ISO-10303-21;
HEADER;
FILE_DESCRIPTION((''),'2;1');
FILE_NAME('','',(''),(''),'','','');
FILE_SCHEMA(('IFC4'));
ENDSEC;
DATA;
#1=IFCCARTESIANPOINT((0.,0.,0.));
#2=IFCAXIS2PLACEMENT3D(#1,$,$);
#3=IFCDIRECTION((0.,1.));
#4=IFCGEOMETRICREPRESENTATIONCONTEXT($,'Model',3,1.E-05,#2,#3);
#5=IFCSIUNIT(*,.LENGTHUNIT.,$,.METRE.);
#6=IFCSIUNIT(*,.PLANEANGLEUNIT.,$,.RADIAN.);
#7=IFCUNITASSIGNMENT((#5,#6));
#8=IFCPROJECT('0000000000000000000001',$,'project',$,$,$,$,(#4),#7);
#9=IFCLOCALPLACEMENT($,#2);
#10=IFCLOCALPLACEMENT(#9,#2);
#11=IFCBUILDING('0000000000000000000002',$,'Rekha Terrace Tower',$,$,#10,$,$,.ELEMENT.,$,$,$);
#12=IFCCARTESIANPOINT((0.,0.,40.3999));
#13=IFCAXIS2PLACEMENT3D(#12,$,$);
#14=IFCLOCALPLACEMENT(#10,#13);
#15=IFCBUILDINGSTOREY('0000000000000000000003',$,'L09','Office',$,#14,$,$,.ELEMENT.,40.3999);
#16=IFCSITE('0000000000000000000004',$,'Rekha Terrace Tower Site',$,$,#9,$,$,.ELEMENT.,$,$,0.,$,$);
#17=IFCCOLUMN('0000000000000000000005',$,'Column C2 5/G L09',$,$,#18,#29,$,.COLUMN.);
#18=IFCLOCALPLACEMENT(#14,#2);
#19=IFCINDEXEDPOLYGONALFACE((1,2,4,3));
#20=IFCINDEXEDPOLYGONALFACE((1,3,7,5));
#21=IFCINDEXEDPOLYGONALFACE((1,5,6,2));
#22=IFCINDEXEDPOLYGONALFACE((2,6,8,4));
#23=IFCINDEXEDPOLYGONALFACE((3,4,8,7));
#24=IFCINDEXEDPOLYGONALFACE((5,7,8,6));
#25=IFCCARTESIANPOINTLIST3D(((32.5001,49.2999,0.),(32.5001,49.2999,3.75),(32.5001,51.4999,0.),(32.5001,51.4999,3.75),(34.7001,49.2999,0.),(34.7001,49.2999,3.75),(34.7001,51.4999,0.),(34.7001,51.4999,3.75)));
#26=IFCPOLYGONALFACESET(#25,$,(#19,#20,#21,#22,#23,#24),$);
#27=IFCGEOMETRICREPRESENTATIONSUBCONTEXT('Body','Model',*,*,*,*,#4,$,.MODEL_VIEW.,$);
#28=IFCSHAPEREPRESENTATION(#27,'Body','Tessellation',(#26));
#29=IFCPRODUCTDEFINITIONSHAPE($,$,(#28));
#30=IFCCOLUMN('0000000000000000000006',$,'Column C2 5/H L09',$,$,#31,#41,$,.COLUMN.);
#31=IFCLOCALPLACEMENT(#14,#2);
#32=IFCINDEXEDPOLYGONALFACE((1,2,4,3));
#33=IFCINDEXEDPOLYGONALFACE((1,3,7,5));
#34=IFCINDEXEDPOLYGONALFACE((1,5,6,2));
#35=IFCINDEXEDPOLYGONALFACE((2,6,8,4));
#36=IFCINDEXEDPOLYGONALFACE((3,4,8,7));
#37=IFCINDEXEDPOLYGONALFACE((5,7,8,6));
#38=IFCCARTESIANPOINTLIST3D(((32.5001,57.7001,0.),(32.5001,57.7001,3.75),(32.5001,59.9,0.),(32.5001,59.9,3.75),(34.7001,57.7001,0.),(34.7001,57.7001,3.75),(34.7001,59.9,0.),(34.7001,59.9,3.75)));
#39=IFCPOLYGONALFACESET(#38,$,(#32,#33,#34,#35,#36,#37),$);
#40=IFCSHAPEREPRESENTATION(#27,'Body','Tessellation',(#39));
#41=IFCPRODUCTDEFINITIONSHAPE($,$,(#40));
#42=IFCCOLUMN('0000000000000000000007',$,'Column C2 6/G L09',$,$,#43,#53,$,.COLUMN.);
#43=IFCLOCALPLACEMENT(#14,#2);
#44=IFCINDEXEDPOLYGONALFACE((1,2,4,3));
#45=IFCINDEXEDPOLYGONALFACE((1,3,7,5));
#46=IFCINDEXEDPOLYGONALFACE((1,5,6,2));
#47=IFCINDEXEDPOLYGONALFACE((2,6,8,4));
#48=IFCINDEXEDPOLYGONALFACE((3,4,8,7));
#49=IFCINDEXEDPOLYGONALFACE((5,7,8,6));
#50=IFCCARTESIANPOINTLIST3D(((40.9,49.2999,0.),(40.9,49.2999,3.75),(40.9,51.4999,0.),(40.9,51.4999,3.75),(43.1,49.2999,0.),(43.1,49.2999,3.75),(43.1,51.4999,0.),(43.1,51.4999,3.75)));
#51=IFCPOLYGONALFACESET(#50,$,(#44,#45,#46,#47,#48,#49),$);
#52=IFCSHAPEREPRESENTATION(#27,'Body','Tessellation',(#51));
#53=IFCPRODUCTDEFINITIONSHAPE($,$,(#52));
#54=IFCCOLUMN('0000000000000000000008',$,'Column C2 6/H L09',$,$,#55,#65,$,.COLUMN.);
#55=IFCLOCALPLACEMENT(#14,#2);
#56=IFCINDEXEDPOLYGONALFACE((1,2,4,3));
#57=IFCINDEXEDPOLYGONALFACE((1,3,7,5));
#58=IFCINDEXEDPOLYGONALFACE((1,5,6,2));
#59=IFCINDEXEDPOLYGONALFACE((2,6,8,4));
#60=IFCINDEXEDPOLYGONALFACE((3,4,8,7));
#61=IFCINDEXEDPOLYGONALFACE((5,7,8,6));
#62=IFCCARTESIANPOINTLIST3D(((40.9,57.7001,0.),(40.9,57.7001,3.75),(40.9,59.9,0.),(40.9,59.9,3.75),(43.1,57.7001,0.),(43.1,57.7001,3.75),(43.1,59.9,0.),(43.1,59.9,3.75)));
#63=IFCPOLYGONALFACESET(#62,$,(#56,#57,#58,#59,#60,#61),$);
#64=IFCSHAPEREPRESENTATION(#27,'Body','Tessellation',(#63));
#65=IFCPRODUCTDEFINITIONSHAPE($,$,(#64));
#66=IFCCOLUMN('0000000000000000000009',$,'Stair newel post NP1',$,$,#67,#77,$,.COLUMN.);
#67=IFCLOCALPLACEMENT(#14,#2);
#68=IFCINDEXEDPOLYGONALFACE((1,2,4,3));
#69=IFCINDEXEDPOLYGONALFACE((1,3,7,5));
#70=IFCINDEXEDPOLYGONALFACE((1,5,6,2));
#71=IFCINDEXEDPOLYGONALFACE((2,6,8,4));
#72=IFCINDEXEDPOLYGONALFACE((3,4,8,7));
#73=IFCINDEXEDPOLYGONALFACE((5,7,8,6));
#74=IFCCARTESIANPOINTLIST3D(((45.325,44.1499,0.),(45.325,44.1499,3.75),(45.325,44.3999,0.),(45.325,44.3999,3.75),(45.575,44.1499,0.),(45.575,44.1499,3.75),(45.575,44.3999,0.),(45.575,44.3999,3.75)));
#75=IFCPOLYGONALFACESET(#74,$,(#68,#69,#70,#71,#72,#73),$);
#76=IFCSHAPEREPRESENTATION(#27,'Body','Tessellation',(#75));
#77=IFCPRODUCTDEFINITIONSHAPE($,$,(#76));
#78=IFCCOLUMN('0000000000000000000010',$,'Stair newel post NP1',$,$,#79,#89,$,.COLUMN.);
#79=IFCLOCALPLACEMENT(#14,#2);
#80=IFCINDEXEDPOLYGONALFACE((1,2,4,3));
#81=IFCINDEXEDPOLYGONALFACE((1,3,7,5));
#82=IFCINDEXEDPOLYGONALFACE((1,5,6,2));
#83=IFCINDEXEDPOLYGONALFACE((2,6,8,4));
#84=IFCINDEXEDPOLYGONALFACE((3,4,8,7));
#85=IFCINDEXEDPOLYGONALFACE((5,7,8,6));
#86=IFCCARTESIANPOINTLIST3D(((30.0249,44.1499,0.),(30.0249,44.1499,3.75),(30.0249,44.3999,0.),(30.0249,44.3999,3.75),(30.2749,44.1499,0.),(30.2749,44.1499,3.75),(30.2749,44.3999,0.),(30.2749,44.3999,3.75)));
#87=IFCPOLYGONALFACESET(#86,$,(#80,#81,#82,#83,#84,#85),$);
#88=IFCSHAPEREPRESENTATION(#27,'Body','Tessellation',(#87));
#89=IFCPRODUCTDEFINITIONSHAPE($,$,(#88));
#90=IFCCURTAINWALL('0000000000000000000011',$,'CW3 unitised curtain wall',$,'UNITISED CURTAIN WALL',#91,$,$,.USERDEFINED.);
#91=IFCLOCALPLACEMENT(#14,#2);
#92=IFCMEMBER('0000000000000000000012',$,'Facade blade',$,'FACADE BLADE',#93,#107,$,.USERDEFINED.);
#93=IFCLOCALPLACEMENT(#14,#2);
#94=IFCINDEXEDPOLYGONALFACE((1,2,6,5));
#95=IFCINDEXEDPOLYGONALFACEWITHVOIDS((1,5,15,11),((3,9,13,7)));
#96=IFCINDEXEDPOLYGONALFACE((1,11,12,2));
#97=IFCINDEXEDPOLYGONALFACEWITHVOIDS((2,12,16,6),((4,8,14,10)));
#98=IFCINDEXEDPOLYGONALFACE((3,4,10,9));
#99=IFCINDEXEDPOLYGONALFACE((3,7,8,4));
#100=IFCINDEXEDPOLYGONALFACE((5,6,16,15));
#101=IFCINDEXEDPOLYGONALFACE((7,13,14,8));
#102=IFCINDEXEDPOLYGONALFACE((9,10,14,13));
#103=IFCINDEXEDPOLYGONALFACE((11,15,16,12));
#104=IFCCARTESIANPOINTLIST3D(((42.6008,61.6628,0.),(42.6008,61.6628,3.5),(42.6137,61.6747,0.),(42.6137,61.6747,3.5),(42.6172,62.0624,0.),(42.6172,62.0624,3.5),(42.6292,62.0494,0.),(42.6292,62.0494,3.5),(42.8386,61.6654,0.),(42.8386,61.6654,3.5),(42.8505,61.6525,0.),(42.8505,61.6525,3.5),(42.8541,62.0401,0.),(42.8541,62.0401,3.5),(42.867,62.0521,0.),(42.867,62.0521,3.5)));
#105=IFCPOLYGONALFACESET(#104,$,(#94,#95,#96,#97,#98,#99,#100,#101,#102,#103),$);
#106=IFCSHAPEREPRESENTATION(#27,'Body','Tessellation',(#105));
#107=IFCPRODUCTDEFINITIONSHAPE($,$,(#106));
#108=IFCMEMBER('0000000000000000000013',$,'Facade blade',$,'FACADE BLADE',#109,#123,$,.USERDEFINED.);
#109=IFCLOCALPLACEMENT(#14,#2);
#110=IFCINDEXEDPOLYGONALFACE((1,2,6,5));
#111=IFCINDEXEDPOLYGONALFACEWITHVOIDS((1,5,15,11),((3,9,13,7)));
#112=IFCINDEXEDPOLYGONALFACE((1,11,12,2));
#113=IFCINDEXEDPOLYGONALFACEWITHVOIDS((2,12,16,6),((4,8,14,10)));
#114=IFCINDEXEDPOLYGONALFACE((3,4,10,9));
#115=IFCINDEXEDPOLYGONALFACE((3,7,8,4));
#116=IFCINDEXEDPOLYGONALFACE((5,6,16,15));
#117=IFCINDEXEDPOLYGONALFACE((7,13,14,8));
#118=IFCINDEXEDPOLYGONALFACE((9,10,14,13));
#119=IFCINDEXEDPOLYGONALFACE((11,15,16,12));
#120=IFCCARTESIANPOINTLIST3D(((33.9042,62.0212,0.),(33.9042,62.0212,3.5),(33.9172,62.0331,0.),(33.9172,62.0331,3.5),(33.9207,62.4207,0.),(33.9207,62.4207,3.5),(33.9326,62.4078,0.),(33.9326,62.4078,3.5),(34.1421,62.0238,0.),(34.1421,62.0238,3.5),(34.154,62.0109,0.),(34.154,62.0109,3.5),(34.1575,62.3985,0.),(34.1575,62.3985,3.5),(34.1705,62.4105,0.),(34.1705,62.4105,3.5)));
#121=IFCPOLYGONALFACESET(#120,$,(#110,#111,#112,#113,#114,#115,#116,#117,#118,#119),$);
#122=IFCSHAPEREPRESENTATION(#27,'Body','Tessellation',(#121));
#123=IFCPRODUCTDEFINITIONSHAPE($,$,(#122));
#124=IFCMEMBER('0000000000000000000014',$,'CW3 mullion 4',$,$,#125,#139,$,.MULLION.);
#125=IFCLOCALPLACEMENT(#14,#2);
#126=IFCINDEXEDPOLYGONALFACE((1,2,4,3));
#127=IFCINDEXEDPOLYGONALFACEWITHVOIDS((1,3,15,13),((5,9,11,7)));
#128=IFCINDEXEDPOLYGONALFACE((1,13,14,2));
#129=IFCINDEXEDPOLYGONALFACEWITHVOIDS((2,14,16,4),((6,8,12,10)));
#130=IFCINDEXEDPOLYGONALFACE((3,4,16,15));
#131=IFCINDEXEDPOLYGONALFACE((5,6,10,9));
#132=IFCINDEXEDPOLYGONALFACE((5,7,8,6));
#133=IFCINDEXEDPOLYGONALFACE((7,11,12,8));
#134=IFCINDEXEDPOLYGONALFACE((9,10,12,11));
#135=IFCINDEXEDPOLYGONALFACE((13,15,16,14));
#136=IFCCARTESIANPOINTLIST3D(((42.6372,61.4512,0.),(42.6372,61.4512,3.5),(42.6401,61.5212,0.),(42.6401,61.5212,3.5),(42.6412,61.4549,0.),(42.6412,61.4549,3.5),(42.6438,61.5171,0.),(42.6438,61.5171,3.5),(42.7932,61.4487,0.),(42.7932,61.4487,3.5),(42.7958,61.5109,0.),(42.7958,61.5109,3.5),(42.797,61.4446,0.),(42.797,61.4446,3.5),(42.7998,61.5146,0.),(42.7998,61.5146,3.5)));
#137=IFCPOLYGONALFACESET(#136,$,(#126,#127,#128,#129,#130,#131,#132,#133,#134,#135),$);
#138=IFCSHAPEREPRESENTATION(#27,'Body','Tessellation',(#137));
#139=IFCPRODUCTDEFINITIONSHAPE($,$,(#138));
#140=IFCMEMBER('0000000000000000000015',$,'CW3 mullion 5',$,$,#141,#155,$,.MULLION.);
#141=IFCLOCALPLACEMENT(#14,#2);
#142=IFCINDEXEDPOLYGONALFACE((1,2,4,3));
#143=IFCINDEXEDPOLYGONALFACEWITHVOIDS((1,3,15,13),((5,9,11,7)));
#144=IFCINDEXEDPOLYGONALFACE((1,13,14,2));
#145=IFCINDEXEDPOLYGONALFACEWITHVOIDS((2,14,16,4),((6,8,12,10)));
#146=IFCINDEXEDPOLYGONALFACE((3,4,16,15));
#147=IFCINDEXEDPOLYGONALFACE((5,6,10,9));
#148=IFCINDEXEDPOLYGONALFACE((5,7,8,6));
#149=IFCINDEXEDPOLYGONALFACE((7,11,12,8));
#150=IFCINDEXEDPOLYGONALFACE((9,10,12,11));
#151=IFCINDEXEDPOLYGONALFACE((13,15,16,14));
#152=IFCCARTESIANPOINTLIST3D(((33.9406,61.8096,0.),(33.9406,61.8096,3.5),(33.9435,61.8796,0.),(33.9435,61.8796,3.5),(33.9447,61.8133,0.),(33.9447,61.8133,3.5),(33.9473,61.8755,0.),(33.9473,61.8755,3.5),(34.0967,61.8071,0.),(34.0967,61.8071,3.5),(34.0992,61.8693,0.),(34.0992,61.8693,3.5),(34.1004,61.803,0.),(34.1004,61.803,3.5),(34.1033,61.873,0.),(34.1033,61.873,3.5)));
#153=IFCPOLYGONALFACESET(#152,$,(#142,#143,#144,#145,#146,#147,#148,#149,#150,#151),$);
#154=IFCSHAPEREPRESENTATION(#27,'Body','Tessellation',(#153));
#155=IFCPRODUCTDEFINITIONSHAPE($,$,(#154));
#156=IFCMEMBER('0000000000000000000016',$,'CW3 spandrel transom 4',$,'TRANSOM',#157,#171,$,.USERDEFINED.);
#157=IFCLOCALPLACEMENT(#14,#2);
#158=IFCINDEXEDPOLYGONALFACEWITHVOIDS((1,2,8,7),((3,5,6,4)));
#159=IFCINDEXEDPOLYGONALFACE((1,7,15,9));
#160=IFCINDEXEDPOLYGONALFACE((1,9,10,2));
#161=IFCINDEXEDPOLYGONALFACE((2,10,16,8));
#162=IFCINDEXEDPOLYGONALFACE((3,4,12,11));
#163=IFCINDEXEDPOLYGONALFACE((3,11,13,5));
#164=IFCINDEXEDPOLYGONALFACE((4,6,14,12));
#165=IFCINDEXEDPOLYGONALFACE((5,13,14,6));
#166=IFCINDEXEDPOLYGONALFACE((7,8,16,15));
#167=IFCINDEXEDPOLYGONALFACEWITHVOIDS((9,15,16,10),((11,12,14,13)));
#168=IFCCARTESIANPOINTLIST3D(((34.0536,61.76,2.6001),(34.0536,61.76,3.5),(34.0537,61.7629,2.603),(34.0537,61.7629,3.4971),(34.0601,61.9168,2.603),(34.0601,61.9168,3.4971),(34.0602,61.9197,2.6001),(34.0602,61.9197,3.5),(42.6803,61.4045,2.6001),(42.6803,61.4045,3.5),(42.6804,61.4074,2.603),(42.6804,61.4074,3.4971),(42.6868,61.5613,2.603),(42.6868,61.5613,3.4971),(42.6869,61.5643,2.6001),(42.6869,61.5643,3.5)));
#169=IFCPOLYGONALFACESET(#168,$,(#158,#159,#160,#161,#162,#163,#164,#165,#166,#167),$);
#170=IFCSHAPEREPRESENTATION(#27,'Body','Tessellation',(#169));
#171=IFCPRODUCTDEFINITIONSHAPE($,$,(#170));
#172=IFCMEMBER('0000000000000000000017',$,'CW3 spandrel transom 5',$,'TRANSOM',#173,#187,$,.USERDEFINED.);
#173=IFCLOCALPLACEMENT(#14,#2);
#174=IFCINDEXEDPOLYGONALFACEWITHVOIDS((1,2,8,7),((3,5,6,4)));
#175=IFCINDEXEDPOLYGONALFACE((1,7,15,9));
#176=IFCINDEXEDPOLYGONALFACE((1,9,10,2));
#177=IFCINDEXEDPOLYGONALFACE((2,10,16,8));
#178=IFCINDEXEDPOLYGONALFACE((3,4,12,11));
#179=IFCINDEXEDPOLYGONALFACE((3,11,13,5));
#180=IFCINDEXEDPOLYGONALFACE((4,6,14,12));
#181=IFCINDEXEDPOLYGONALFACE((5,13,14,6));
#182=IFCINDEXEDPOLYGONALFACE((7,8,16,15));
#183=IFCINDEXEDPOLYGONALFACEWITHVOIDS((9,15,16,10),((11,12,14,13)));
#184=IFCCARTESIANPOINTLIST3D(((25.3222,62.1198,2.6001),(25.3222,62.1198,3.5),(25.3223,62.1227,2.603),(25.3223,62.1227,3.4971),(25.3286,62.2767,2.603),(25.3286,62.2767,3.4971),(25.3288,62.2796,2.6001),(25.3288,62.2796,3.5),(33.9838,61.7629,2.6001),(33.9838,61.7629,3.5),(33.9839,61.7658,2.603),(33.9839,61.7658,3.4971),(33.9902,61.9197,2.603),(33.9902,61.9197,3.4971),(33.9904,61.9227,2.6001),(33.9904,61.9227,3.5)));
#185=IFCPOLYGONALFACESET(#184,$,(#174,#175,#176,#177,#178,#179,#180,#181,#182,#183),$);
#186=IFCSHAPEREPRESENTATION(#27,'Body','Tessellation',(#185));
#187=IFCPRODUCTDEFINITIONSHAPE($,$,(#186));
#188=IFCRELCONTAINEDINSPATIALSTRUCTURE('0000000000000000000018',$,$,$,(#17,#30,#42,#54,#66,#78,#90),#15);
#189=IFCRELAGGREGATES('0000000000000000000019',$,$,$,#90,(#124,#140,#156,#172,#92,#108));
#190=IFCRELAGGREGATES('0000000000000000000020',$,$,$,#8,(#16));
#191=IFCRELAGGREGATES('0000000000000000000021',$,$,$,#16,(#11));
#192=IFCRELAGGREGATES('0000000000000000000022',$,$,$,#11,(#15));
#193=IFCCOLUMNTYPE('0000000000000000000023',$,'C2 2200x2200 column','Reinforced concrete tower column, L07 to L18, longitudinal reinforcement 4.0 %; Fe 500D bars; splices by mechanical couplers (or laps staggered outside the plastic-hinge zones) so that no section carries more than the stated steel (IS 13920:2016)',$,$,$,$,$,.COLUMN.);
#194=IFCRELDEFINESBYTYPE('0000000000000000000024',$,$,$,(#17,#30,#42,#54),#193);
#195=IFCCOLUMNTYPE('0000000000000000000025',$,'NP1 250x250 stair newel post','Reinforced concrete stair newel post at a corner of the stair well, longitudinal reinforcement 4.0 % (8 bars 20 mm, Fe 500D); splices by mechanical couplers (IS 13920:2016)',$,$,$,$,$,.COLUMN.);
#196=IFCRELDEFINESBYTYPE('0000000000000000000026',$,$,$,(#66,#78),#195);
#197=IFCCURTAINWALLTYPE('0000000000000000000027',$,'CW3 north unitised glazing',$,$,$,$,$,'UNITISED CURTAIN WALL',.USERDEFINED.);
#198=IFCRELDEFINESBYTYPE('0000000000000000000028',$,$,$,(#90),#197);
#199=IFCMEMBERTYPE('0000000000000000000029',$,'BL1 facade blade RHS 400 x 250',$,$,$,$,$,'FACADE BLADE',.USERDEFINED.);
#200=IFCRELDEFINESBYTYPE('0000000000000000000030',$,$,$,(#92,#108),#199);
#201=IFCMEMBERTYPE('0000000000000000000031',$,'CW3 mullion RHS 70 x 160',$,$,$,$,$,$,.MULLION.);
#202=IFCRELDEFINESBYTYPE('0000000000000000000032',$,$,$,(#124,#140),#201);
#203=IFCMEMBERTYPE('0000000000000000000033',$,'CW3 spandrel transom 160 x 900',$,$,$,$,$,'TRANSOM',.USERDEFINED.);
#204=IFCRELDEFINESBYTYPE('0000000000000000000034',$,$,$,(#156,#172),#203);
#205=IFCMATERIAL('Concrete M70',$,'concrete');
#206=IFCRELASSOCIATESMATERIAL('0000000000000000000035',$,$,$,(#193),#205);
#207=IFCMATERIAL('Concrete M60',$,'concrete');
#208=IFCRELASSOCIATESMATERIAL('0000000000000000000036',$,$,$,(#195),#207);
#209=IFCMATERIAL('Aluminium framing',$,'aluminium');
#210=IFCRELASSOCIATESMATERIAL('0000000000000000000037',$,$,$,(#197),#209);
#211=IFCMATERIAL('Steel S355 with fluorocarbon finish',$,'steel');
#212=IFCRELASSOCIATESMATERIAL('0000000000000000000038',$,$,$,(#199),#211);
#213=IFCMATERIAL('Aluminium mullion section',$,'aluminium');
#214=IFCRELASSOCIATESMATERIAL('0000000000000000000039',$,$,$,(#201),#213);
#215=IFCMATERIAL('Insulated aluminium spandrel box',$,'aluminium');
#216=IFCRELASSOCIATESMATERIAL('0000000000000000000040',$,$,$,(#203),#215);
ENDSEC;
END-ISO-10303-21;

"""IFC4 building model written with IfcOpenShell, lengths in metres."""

from ifc_helpers import new_model, si_unit, direction, frame, origin, origin_2d, place, context, subcontext, project, spatial, rectangle, hollow_rectangle, extrude, material, material_profile, profile_set, type_object, element, aggregate, save


model = new_model("IFC4")

# Units and contexts
model_context = context("Model", 3, precision=1e-05, world=origin(), true_north=direction((0.0, 1.0)))
body_context = subcontext(model_context, "Body", "Model", "MODEL_VIEW")
ifc_project = project(units=[si_unit("LENGTHUNIT", "METRE"), si_unit("PLANEANGLEUNIT", "RADIAN")], contexts=[model_context])

# Site, building, storey
site_placement = place(None, origin())
site = spatial("IfcSite", under=ifc_project, at=site_placement, Name="Rekha Terrace Tower Site", CompositionType="ELEMENT", RefElevation=0.0)
building_placement = place(site_placement, origin())
building = spatial("IfcBuilding", under=site, at=building_placement, Name="Rekha Terrace Tower", CompositionType="ELEMENT")
storey_placement = place(building_placement, frame((0.0, 0.0, 40.3999)))
storey = spatial("IfcBuildingStorey", under=building, at=storey_placement, Name="L09", Description="Office", CompositionType="ELEMENT", Elevation=40.3999)

# Columns
ifc_material_1 = material(Name="Concrete M70", Category="concrete")
ifc_material_profile_1 = material_profile(ifc_material_1, rectangle(XDim=2.2, YDim=2.2, at=origin_2d()), Name="RC 2200x2200")
ifc_profile_set_1 = profile_set([ifc_material_profile_1], Name="Concrete M70")
column_type_1 = type_object("IfcColumnType", Name="C2 2200x2200 column", Description="Reinforced concrete tower column, L07 to L18, longitudinal reinforcement 4.0 %; Fe 500D bars; splices by mechanical couplers (or laps staggered outside the plastic-hinge zones) so that no section carries more than the stated steel (IS 13920:2016)", PredefinedType="COLUMN", material=ifc_profile_set_1)
for number, where, z_axis, x_axis, name in (
    (1, (33.6001, 50.3999, 0.0), (0.0, 0.0, 1.0), (1.0, 0.0, 0.0), "Column C2 5/G L09"),
    (2, (33.6001, 58.8, 0.0), (0.0, 0.0, 1.0), (1.0, 0.0, 0.0), "Column C2 5/H L09"),
    (3, (42.0, 50.3999, 0.0), (0.0, 0.0, 1.0), (1.0, 0.0, 0.0), "Column C2 6/G L09"),
    (4, (42.0, 58.8, 0.0), (0.0, 0.0, 1.0), (1.0, 0.0, 0.0), "Column C2 6/H L09"),
):
    element("IfcColumn", number, at=place(storey_placement, frame(where, z_axis=z_axis, x_axis=x_axis)), inside=storey, type_object=column_type_1, Name=name, PredefinedType="COLUMN", context=body_context, shape_type="SweptSolid", body=[
        extrude(rectangle(XDim=2.2, YDim=2.2, at=origin_2d()), origin(), (0.0, 0.0, 1.0), 3.75),
    ])
ifc_material_2 = material(Name="Concrete M60", Category="concrete")
ifc_material_profile_2 = material_profile(ifc_material_2, rectangle(XDim=0.25, YDim=0.25, at=origin_2d()), Name="RC 250x250")
ifc_profile_set_2 = profile_set([ifc_material_profile_2], Name="Concrete M60")
column_type_2 = type_object("IfcColumnType", Name="NP1 250x250 stair newel post", Description="Reinforced concrete stair newel post at a corner of the stair well, longitudinal reinforcement 4.0 % (8 bars 20 mm, Fe 500D); splices by mechanical couplers (IS 13920:2016)", PredefinedType="COLUMN", material=ifc_profile_set_2)
for number, where, z_axis, x_axis, name in (
    (5, (45.45, 44.2749, 0.0), (0.0, 0.0, 1.0), (1.0, 0.0, 0.0), "Stair newel post NP1"),
    (6, (30.1499, 44.2749, 0.0), (0.0, 0.0, 1.0), (1.0, 0.0, 0.0), "Stair newel post NP1"),
):
    element("IfcColumn", number, at=place(storey_placement, frame(where, z_axis=z_axis, x_axis=x_axis)), inside=storey, type_object=column_type_2, Name=name, PredefinedType="COLUMN", context=body_context, shape_type="SweptSolid", body=[
        extrude(rectangle(XDim=0.25, YDim=0.25, at=origin_2d()), origin(), (0.0, 0.0, 1.0), 3.75),
    ])

# Curtain wall, members
ifc_material_3 = material(Name="Aluminium framing", Category="aluminium")
curtain_wall_type = type_object("IfcCurtainWallType", Name="CW3 north unitised glazing", ElementType="UNITISED CURTAIN WALL", PredefinedType="USERDEFINED", material=ifc_material_3)
curtain_wall_placement = place(storey_placement, origin())
curtain_wall = element("IfcCurtainWall", 7, at=curtain_wall_placement, inside=storey, type_object=curtain_wall_type, Name="CW3 unitised curtain wall", ObjectType="UNITISED CURTAIN WALL", PredefinedType="USERDEFINED")
ifc_material_4 = material(Name="Steel S355 with fluorocarbon finish", Category="steel")
ifc_material_profile_3 = material_profile(ifc_material_4, hollow_rectangle(XDim=0.25, YDim=0.3999, WallThickness=0.0125, at=origin_2d()), Name="RHS400x250x12.5")
ifc_profile_set_3 = profile_set([ifc_material_profile_3], Name="Steel S355 with fluorocarbon finish")
member_type_1 = type_object("IfcMemberType", Name="BL1 facade blade RHS 400 x 250", ElementType="FACADE BLADE", PredefinedType="USERDEFINED", material=ifc_profile_set_3)
member_1_placement = place(storey_placement, frame((42.7339, 61.8574, 0.0), z_axis=(0.0, 0.0, 1.0), x_axis=(-0.999152, 0.041175, 0.0)))
member_1 = element("IfcMember", 8, at=member_1_placement, type_object=member_type_1, Name="Facade blade", ObjectType="FACADE BLADE", PredefinedType="USERDEFINED", context=body_context, shape_type="SweptSolid", body=[
    extrude(hollow_rectangle(XDim=0.25, YDim=0.3999, WallThickness=0.0125, at=origin_2d()), origin(), (0.0, 0.0, 1.0), 3.5),
])
member_2_placement = place(storey_placement, frame((34.0374, 62.2158, 0.0), z_axis=(0.0, 0.0, 1.0), x_axis=(-0.999152, 0.041175, 0.0)))
member_2 = element("IfcMember", 9, at=member_2_placement, type_object=member_type_1, Name="Facade blade", ObjectType="FACADE BLADE", PredefinedType="USERDEFINED", context=body_context, shape_type="SweptSolid", body=[
    extrude(hollow_rectangle(XDim=0.25, YDim=0.3999, WallThickness=0.0125, at=origin_2d()), origin(), (0.0, 0.0, 1.0), 3.5),
])
ifc_material_5 = material(Name="Aluminium mullion section", Category="aluminium")
ifc_material_profile_4 = material_profile(ifc_material_5, hollow_rectangle(XDim=0.0701, YDim=0.1599, WallThickness=0.0039, at=origin_2d()), Name="AL RHS 70x160")
ifc_profile_set_4 = profile_set([ifc_material_profile_4], Name="Aluminium mullion section")
member_type_2 = type_object("IfcMemberType", Name="CW3 mullion RHS 70 x 160", PredefinedType="MULLION", material=ifc_profile_set_4)
member_3_placement = place(storey_placement, frame((42.7185, 61.4829, 0.0), z_axis=(0.0, 0.0, 1.0), x_axis=(-0.041174, -0.999152, 0.0)))
member_3 = element("IfcMember", 10, at=member_3_placement, type_object=member_type_2, Name="CW3 mullion 4", PredefinedType="MULLION", context=body_context, shape_type="SweptSolid", body=[
    extrude(hollow_rectangle(XDim=0.0701, YDim=0.1599, WallThickness=0.0039, at=origin_2d()), origin(), (0.0, 0.0, 1.0), 3.5),
])
member_4_placement = place(storey_placement, frame((34.022, 61.8413, 0.0), z_axis=(0.0, 0.0, 1.0), x_axis=(-0.041174, -0.999152, 0.0)))
member_4 = element("IfcMember", 11, at=member_4_placement, type_object=member_type_2, Name="CW3 mullion 5", PredefinedType="MULLION", context=body_context, shape_type="SweptSolid", body=[
    extrude(hollow_rectangle(XDim=0.0701, YDim=0.1599, WallThickness=0.0039, at=origin_2d()), origin(), (0.0, 0.0, 1.0), 3.5),
])
ifc_material_6 = material(Name="Insulated aluminium spandrel box", Category="aluminium")
ifc_material_profile_5 = material_profile(ifc_material_6, hollow_rectangle(XDim=0.1599, YDim=0.8999, WallThickness=0.0029, at=origin_2d()), Name="AL SPANDREL BOX 160x900")
ifc_profile_set_5 = profile_set([ifc_material_profile_5], Name="Insulated aluminium spandrel box")
member_type_3 = type_object("IfcMemberType", Name="CW3 spandrel transom 160 x 900", ElementType="TRANSOM", PredefinedType="USERDEFINED", material=ifc_profile_set_5)
member_5_placement = place(storey_placement, frame((42.6836, 61.4844, 3.05), z_axis=(-0.999152, 0.041171, 0.0), x_axis=(-0.041171, -0.999152, 0.0)))
member_5 = element("IfcMember", 12, at=member_5_placement, type_object=member_type_3, Name="CW3 spandrel transom 4", ObjectType="TRANSOM", PredefinedType="USERDEFINED", context=body_context, shape_type="SweptSolid", body=[
    extrude(hollow_rectangle(XDim=0.1599, YDim=0.8999, WallThickness=0.0029, at=origin_2d()), origin(), (0.0, 0.0, 1.0), 8.634),
])
member_6_placement = place(storey_placement, frame((33.9871, 61.8428, 3.05), z_axis=(-0.999152, 0.041174, 0.0), x_axis=(-0.041174, -0.999152, 0.0)))
member_6 = element("IfcMember", 13, at=member_6_placement, type_object=member_type_3, Name="CW3 spandrel transom 5", ObjectType="TRANSOM", PredefinedType="USERDEFINED", context=body_context, shape_type="SweptSolid", body=[
    extrude(hollow_rectangle(XDim=0.1599, YDim=0.8999, WallThickness=0.0029, at=origin_2d()), origin(), (0.0, 0.0, 1.0), 8.6689),
])

aggregate(curtain_wall, [member_3, member_4, member_5, member_6, member_1, member_2])

save(model, "model.ifc")
